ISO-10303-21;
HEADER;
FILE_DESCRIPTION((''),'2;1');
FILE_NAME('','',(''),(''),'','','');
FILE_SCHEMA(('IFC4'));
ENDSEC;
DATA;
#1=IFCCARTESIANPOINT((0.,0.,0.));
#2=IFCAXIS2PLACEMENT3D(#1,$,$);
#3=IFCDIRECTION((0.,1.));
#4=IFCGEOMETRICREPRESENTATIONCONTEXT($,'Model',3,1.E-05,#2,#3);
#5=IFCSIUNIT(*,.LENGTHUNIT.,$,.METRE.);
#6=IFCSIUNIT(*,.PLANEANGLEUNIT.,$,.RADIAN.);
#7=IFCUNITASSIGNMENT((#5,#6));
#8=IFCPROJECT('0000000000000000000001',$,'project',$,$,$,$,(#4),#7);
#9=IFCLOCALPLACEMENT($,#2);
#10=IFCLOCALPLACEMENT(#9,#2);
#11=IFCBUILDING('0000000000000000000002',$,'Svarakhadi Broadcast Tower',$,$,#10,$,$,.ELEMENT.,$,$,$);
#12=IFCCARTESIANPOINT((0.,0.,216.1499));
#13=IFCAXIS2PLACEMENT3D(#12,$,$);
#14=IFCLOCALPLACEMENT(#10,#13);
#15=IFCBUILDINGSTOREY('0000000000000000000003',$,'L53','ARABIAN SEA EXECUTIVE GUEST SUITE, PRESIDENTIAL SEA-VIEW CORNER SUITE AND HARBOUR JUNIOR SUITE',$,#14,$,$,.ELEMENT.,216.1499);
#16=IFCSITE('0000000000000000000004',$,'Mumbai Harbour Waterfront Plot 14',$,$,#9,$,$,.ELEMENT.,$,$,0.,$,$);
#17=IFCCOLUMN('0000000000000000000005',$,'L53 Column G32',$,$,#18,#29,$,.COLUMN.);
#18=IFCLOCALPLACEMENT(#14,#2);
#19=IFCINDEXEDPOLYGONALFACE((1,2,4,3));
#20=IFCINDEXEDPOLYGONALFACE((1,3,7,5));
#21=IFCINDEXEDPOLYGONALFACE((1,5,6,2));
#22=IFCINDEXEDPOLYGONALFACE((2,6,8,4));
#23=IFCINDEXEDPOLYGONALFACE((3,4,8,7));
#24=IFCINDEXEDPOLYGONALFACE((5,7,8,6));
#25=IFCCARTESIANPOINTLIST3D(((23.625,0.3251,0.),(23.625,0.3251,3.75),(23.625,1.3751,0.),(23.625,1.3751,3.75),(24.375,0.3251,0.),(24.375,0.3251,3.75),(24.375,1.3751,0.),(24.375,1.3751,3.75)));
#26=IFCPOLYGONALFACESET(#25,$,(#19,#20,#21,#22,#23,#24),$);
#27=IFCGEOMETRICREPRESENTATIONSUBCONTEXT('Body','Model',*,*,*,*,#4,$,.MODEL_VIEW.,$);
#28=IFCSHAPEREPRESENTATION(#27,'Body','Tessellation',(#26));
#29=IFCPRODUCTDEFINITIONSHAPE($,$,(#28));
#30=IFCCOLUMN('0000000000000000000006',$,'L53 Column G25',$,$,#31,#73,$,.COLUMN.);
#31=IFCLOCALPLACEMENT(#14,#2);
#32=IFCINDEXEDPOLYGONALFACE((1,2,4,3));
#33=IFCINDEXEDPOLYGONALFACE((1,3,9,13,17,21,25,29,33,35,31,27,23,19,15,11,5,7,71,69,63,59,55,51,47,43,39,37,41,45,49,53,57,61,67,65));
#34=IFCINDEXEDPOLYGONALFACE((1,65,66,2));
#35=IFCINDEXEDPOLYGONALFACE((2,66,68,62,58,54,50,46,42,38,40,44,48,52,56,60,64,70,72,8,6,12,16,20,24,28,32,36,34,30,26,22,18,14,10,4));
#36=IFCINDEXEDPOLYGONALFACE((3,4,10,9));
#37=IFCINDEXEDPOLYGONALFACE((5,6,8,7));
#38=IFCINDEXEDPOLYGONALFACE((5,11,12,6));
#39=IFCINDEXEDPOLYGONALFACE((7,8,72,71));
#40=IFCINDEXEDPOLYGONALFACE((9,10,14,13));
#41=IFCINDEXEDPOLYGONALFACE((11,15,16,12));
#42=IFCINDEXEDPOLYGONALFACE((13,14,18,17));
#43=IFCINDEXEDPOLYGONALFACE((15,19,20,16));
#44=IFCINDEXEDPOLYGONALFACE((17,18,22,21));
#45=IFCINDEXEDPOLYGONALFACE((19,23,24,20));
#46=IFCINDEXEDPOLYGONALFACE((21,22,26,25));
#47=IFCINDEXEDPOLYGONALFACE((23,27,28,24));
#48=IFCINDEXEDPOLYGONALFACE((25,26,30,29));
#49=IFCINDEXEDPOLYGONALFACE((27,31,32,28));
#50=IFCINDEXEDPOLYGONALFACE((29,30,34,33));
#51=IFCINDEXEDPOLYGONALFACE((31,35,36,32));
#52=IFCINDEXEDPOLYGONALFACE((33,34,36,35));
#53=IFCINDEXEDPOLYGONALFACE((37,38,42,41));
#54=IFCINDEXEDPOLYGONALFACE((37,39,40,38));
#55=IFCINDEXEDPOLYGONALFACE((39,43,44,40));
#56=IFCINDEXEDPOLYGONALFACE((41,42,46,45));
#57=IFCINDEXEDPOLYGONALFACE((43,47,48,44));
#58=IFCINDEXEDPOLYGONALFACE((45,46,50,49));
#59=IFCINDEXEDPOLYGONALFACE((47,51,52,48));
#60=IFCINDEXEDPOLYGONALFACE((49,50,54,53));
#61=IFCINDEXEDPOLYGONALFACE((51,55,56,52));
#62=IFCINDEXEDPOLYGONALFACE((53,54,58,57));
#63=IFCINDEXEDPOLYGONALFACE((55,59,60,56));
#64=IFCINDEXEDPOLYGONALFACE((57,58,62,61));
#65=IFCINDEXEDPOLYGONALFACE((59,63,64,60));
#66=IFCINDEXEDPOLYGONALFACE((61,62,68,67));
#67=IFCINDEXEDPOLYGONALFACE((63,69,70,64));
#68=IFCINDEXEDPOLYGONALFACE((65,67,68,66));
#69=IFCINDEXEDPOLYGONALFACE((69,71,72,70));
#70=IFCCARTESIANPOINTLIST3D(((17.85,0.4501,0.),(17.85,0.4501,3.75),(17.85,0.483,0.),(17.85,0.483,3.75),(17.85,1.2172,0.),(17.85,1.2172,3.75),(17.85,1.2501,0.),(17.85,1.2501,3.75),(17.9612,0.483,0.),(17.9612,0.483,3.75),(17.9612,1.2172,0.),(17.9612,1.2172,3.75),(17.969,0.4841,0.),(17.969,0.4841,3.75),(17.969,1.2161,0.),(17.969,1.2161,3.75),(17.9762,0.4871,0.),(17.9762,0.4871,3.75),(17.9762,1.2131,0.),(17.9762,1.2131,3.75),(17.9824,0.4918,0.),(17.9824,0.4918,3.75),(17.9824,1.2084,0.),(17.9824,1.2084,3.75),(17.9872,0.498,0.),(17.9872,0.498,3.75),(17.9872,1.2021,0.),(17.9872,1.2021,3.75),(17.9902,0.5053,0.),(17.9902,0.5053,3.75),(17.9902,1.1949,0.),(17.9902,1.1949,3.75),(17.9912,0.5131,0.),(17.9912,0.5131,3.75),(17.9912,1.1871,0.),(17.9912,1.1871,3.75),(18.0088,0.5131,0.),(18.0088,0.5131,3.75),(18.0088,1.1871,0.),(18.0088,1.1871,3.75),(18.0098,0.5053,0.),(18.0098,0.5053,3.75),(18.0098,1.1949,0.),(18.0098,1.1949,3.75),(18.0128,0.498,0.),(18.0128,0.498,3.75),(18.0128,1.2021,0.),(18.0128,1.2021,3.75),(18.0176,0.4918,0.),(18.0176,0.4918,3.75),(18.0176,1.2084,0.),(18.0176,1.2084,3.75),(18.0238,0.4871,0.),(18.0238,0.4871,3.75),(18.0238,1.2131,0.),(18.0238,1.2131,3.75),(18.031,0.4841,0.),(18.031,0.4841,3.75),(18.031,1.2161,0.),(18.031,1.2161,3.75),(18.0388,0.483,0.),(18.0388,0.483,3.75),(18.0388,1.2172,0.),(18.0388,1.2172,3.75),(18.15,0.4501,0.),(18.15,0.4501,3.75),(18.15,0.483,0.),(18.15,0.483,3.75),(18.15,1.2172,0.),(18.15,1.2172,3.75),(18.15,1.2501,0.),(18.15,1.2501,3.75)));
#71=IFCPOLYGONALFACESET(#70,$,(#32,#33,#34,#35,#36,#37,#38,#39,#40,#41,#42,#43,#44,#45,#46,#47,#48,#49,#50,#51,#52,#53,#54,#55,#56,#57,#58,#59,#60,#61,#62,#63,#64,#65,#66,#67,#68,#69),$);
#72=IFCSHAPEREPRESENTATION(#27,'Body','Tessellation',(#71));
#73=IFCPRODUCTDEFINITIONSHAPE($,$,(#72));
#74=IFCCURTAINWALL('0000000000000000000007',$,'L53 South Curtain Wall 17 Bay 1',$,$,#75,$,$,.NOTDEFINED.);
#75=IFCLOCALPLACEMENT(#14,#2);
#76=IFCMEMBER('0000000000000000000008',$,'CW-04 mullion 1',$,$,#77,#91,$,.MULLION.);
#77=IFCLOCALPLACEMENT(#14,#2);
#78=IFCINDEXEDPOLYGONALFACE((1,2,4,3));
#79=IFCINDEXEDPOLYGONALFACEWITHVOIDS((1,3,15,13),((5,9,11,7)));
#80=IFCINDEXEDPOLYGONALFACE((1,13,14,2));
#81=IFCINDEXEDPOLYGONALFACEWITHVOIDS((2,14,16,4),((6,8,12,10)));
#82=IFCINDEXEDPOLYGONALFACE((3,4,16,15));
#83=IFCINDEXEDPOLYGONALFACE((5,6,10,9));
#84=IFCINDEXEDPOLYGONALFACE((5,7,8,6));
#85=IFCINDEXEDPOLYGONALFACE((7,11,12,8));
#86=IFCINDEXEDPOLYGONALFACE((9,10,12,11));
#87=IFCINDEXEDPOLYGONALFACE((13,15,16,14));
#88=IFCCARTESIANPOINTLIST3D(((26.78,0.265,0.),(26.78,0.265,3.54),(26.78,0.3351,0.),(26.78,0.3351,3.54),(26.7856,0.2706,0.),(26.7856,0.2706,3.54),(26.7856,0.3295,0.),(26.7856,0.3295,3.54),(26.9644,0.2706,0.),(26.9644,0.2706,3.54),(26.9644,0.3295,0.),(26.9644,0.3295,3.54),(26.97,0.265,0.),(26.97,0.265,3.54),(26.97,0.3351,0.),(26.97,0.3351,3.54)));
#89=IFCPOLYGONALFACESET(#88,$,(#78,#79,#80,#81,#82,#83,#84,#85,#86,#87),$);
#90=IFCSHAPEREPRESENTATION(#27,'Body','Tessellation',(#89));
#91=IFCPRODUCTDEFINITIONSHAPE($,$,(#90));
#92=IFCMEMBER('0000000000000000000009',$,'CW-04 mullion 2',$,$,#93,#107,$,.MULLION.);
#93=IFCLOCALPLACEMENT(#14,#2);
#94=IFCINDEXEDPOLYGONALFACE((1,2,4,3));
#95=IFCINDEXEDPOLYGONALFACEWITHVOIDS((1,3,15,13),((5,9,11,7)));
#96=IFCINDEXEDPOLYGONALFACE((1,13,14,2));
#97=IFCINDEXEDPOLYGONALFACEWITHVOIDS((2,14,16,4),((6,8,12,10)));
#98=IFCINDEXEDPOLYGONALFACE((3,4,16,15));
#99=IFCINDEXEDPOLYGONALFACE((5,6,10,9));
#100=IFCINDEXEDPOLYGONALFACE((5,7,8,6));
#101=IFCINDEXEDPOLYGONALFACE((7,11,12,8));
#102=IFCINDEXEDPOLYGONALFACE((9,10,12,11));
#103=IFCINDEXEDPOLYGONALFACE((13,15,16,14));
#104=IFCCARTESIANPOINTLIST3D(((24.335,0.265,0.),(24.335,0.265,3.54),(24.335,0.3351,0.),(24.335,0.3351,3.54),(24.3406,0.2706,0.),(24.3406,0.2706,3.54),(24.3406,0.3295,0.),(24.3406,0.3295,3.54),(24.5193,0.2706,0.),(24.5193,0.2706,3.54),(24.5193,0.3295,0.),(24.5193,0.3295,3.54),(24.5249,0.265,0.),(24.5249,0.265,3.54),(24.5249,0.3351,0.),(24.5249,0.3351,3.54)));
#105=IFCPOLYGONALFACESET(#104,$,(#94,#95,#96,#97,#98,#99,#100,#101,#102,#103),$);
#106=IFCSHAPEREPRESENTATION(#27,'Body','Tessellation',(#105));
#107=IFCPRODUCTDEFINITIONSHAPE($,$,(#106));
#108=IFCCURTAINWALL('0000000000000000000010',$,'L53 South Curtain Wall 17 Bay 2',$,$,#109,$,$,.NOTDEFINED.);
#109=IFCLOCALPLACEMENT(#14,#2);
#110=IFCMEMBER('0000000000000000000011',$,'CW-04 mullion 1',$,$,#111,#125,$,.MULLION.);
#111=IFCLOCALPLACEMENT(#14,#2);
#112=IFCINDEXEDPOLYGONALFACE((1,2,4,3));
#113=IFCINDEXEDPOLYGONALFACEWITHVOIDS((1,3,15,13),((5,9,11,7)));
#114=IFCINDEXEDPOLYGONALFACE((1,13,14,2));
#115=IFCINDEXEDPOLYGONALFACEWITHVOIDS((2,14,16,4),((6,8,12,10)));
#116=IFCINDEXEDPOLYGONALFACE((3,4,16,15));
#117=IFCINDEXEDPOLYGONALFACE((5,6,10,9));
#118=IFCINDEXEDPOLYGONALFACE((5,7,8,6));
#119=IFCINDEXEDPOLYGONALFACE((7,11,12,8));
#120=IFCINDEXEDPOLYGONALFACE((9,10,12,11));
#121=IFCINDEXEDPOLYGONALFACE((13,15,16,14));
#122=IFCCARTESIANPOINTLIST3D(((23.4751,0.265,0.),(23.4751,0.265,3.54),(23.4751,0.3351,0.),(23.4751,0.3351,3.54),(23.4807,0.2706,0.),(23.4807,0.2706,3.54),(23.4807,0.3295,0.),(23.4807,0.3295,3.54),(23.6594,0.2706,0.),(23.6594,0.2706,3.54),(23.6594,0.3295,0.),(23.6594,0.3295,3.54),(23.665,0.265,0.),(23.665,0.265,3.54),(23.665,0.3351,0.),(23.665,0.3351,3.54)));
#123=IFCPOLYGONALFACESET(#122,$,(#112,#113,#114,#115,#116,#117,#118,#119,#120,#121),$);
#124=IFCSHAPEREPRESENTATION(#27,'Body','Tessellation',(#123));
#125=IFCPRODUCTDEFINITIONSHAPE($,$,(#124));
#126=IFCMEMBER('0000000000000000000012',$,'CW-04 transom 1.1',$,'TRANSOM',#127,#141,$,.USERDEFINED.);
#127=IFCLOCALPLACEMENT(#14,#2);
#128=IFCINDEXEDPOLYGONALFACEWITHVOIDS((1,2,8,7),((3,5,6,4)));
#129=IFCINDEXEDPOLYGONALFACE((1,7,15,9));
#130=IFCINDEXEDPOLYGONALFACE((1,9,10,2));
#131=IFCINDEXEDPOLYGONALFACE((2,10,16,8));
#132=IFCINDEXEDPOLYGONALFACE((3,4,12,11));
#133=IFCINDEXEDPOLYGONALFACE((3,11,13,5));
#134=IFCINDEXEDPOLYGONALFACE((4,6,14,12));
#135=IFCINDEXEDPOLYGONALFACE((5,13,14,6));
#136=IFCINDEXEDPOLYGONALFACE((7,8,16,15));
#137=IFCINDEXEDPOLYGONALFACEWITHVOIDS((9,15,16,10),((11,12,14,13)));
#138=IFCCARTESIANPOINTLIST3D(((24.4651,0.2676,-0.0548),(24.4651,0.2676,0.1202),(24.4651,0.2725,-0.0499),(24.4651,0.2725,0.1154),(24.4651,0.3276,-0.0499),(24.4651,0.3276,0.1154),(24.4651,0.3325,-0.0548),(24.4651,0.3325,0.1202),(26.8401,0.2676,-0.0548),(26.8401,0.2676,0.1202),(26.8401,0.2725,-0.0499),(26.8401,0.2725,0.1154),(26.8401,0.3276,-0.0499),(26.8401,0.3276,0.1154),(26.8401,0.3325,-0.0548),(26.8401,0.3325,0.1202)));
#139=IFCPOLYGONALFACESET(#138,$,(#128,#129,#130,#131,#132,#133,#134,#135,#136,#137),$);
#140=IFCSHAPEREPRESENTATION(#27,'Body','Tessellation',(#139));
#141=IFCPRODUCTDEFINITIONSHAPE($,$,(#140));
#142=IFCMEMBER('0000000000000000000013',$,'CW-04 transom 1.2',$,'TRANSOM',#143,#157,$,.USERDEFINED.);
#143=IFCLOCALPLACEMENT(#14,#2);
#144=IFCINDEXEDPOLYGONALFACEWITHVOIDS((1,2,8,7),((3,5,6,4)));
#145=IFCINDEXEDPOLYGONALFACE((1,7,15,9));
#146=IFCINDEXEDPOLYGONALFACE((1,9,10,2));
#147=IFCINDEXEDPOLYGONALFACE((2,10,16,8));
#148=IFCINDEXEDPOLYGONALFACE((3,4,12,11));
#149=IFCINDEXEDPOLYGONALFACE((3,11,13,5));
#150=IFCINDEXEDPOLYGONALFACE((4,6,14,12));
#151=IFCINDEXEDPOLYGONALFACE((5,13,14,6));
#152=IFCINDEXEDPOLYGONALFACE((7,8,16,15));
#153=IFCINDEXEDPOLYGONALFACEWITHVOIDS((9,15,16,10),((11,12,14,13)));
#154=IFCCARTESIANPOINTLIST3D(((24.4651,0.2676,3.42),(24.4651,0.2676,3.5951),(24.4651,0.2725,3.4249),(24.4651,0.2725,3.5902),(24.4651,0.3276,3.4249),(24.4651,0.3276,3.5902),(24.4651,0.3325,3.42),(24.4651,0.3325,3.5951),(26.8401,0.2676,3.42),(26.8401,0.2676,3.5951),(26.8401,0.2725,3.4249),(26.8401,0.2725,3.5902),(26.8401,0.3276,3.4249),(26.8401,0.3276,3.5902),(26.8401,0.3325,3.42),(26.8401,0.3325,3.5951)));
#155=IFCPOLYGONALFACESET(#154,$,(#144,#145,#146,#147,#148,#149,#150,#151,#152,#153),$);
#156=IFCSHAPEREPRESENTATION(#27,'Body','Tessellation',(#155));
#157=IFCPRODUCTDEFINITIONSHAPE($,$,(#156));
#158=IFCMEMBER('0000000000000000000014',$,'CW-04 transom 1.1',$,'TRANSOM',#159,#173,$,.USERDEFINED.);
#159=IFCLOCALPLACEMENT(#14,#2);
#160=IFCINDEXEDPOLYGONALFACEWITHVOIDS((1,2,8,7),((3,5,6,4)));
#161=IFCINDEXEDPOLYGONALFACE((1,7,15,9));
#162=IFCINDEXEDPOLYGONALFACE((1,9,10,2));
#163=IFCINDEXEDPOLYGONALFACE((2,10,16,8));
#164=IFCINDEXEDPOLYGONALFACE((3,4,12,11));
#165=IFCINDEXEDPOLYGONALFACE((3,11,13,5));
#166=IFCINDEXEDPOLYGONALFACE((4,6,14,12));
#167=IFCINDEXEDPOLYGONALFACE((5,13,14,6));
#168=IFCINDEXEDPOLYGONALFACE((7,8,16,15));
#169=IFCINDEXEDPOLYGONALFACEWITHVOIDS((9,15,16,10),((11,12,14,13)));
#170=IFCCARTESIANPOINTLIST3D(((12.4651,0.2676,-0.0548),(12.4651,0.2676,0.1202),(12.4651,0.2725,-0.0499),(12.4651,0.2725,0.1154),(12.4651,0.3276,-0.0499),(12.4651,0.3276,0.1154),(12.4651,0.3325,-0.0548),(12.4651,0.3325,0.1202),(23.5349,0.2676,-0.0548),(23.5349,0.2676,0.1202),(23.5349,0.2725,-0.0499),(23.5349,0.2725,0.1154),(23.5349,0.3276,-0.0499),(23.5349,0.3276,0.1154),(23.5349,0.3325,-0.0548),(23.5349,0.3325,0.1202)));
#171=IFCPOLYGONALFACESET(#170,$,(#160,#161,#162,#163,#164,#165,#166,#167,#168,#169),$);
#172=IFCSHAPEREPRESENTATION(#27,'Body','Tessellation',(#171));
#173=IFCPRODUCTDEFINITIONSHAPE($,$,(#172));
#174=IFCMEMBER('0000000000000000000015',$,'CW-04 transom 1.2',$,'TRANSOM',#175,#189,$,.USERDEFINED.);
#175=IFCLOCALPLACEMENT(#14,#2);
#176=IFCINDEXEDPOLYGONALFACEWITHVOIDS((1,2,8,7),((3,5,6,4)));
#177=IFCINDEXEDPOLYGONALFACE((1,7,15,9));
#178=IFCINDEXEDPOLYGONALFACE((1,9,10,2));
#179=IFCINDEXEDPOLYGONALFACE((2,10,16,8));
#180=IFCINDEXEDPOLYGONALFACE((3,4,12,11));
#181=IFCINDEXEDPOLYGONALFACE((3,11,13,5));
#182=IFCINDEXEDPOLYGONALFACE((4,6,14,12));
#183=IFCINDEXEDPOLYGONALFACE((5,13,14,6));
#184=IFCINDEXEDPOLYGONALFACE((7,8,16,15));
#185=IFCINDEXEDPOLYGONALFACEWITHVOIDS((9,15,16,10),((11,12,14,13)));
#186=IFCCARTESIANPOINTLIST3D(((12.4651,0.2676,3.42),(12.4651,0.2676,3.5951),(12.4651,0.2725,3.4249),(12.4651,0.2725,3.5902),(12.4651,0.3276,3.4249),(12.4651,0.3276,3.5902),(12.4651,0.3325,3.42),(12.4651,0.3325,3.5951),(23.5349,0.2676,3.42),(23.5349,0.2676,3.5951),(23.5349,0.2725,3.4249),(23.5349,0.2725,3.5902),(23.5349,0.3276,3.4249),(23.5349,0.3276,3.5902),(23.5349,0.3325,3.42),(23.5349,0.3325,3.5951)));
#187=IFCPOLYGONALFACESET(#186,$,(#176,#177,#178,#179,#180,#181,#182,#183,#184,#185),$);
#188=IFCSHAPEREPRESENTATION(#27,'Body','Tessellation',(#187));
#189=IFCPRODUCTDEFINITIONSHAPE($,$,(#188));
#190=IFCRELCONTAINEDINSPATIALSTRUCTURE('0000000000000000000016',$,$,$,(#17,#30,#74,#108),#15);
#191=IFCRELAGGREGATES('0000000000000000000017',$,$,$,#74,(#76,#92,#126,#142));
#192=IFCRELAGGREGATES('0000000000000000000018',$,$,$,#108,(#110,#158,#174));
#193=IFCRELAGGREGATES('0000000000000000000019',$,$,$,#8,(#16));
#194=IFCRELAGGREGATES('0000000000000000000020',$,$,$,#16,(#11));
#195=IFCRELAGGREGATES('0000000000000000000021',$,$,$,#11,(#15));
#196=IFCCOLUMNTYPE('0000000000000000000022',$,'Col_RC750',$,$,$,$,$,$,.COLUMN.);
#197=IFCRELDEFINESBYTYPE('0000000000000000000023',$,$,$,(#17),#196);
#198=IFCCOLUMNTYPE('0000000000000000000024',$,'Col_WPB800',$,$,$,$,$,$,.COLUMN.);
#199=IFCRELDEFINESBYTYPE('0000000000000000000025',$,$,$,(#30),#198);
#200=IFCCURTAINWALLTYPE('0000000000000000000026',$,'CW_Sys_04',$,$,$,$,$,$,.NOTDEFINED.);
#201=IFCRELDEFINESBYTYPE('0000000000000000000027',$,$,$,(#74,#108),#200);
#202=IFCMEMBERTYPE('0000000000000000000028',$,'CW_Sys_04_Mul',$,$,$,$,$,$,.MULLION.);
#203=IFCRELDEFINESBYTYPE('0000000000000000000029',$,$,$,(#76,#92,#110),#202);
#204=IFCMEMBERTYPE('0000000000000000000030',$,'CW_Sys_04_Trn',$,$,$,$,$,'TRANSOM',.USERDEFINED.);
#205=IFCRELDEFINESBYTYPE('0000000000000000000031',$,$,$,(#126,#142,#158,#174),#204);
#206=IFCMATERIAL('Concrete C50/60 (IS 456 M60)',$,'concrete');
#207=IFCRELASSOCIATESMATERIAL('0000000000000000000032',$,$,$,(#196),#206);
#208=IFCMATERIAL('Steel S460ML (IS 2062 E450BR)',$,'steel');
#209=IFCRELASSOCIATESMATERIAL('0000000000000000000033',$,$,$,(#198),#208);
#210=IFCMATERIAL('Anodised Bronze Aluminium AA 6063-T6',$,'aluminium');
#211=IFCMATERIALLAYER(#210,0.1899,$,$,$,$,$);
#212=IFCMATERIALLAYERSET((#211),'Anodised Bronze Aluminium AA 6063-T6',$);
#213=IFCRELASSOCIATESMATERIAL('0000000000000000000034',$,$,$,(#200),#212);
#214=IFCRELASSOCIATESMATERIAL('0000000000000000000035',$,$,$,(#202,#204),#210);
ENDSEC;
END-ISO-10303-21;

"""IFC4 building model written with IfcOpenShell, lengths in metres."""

from ifc_helpers import new_model, si_unit, direction, frame, origin, origin_2d, place, context, subcontext, project, spatial, rectangle, hollow_rectangle, i_section, extrude, material, layer, layer_set, material_profile, profile_set, type_object, element, aggregate, save


model = new_model("IFC4")

# Units and contexts
model_context = context("Model", 3, precision=1e-05, world=origin(), true_north=direction((0.0, 1.0)))
body_context = subcontext(model_context, "Body", "Model", "MODEL_VIEW")
ifc_project = project(units=[si_unit("LENGTHUNIT", "METRE"), si_unit("PLANEANGLEUNIT", "RADIAN")], contexts=[model_context])

# Site, building, storey
site_placement = place(None, origin())
site = spatial("IfcSite", under=ifc_project, at=site_placement, Name="Mumbai Harbour Waterfront Plot 14", CompositionType="ELEMENT", RefElevation=0.0)
building_placement = place(site_placement, origin())
building = spatial("IfcBuilding", under=site, at=building_placement, Name="Svarakhadi Broadcast Tower", CompositionType="ELEMENT")
storey_placement = place(building_placement, frame((0.0, 0.0, 216.1499)))
storey = spatial("IfcBuildingStorey", under=building, at=storey_placement, Name="L53", Description="ARABIAN SEA EXECUTIVE GUEST SUITE, PRESIDENTIAL SEA-VIEW CORNER SUITE AND HARBOUR JUNIOR SUITE", CompositionType="ELEMENT", Elevation=216.1499)

# Columns
ifc_material_1 = material(Name="Concrete C50/60 (IS 456 M60)", Category="concrete")
ifc_material_profile_1 = material_profile(ifc_material_1, rectangle(XDim=0.75, YDim=1.05, at=origin_2d()), Name="RC 750x1050")
ifc_profile_set_1 = profile_set([ifc_material_profile_1], Name="Concrete C50/60 (IS 456 M60)")
column_type_1 = type_object("IfcColumnType", Name="Col_RC750", PredefinedType="COLUMN", material=ifc_profile_set_1)
column_1_placement = place(storey_placement, frame((24.0, 0.8501, 0.0), z_axis=(0.0, 0.0, 1.0), x_axis=(1.0, 0.0, 0.0)))
element("IfcColumn", 1, at=column_1_placement, inside=storey, type_object=column_type_1, Name="L53 Column G32", PredefinedType="COLUMN", context=body_context, shape_type="SweptSolid", body=[
    extrude(rectangle(XDim=0.75, YDim=1.05, at=origin_2d()), origin(), (0.0, 0.0, 1.0), 3.75),
])
ifc_material_2 = material(Name="Steel S460ML (IS 2062 E450BR)", Category="steel")
ifc_material_profile_2 = material_profile(ifc_material_2, i_section(OverallWidth=0.3, OverallDepth=0.8, WebThickness=0.0176, FlangeThickness=0.033, FilletRadius=0.03, at=origin_2d()), Name="WPB 800x300x262")
ifc_profile_set_2 = profile_set([ifc_material_profile_2], Name="Steel S460ML (IS 2062 E450BR)")
column_type_2 = type_object("IfcColumnType", Name="Col_WPB800", PredefinedType="COLUMN", material=ifc_profile_set_2)
column_2_placement = place(storey_placement, frame((18.0, 0.8501, 0.0), z_axis=(0.0, 0.0, 1.0), x_axis=(1.0, 0.0, 0.0)))
element("IfcColumn", 2, at=column_2_placement, inside=storey, type_object=column_type_2, Name="L53 Column G25", PredefinedType="COLUMN", context=body_context, shape_type="SweptSolid", body=[
    extrude(i_section(OverallWidth=0.3, OverallDepth=0.8, WebThickness=0.0176, FlangeThickness=0.033, FilletRadius=0.03, at=origin_2d()), origin(), (0.0, 0.0, 1.0), 3.75),
])

# Curtain wall, members
ifc_material_3 = material(Name="Anodised Bronze Aluminium AA 6063-T6", Category="aluminium")
ifc_layer_1 = layer(ifc_material_3, 0.1899)
ifc_layer_set_1 = layer_set([ifc_layer_1], Name="Anodised Bronze Aluminium AA 6063-T6")
curtain_wall_type = type_object("IfcCurtainWallType", Name="CW_Sys_04", PredefinedType="NOTDEFINED", material=ifc_layer_set_1)
curtain_wall_1_placement = place(storey_placement, origin())
curtain_wall_1 = element("IfcCurtainWall", 3, at=curtain_wall_1_placement, inside=storey, type_object=curtain_wall_type, Name="L53 South Curtain Wall 17 Bay 1", PredefinedType="NOTDEFINED")
ifc_material_profile_3 = material_profile(ifc_material_3, hollow_rectangle(XDim=0.0701, YDim=0.1899, WallThickness=0.0056, at=origin_2d()), Name="ALU MULLION 190x70x6")
ifc_profile_set_3 = profile_set([ifc_material_profile_3], Name="Anodised Bronze Aluminium AA 6063-T6")
member_type_1 = type_object("IfcMemberType", Name="CW_Sys_04_Mul", PredefinedType="MULLION", material=ifc_profile_set_3)
member_1_placement = place(storey_placement, frame((26.875, 0.3, 0.0), z_axis=(0.0, 0.0, 1.0), x_axis=(0.0, -1.0, 0.0)))
member_1 = element("IfcMember", 4, at=member_1_placement, type_object=member_type_1, Name="CW-04 mullion 1", PredefinedType="MULLION", context=body_context, shape_type="SweptSolid", body=[
    extrude(hollow_rectangle(XDim=0.0701, YDim=0.1899, WallThickness=0.0056, at=origin_2d()), origin(), (0.0, 0.0, 1.0), 3.54),
])
member_2_placement = place(storey_placement, frame((24.4299, 0.3, 0.0), z_axis=(0.0, 0.0, 1.0), x_axis=(0.0, -1.0, 0.0)))
member_2 = element("IfcMember", 5, at=member_2_placement, type_object=member_type_1, Name="CW-04 mullion 2", PredefinedType="MULLION", context=body_context, shape_type="SweptSolid", body=[
    extrude(hollow_rectangle(XDim=0.0701, YDim=0.1899, WallThickness=0.0056, at=origin_2d()), origin(), (0.0, 0.0, 1.0), 3.54),
])

# Curtain wall, member
curtain_wall_2_placement = place(storey_placement, origin())
curtain_wall_2 = element("IfcCurtainWall", 6, at=curtain_wall_2_placement, inside=storey, type_object=curtain_wall_type, Name="L53 South Curtain Wall 17 Bay 2", PredefinedType="NOTDEFINED")
member_3_placement = place(storey_placement, frame((23.5701, 0.3, 0.0), z_axis=(0.0, 0.0, 1.0), x_axis=(0.0, -1.0, 0.0)))
member_3 = element("IfcMember", 7, at=member_3_placement, type_object=member_type_1, Name="CW-04 mullion 1", PredefinedType="MULLION", context=body_context, shape_type="SweptSolid", body=[
    extrude(hollow_rectangle(XDim=0.0701, YDim=0.1899, WallThickness=0.0056, at=origin_2d()), origin(), (0.0, 0.0, 1.0), 3.54),
])

# Members
ifc_material_profile_4 = material_profile(ifc_material_3, hollow_rectangle(XDim=0.0649, YDim=0.175, WallThickness=0.0049, at=origin_2d()), Name="ALU TRANSOM 175x65x5")
ifc_profile_set_4 = profile_set([ifc_material_profile_4], Name="Anodised Bronze Aluminium AA 6063-T6")
member_type_2 = type_object("IfcMemberType", Name="CW_Sys_04_Trn", ElementType="TRANSOM", PredefinedType="USERDEFINED", material=ifc_profile_set_4)
member_4_placement = place(storey_placement, frame((26.8401, 0.3, 0.0327), z_axis=(-1.0, 0.0, 0.0), x_axis=(0.0, -1.0, 0.0)))
member_4 = element("IfcMember", 8, at=member_4_placement, type_object=member_type_2, Name="CW-04 transom 1.1", ObjectType="TRANSOM", PredefinedType="USERDEFINED", context=body_context, shape_type="SweptSolid", body=[
    extrude(hollow_rectangle(XDim=0.0649, YDim=0.175, WallThickness=0.0049, at=origin_2d()), origin(), (0.0, 0.0, 1.0), 2.375),
])
member_5_placement = place(storey_placement, frame((26.8401, 0.3, 3.5076), z_axis=(-1.0, 0.0, 0.0), x_axis=(0.0, -1.0, 0.0)))
member_5 = element("IfcMember", 9, at=member_5_placement, type_object=member_type_2, Name="CW-04 transom 1.2", ObjectType="TRANSOM", PredefinedType="USERDEFINED", context=body_context, shape_type="SweptSolid", body=[
    extrude(hollow_rectangle(XDim=0.0649, YDim=0.175, WallThickness=0.0049, at=origin_2d()), origin(), (0.0, 0.0, 1.0), 2.375),
])
member_6_placement = place(storey_placement, frame((23.5349, 0.3, 0.0327), z_axis=(-1.0, 0.0, 0.0), x_axis=(0.0, -1.0, 0.0)))
member_6 = element("IfcMember", 10, at=member_6_placement, type_object=member_type_2, Name="CW-04 transom 1.1", ObjectType="TRANSOM", PredefinedType="USERDEFINED", context=body_context, shape_type="SweptSolid", body=[
    extrude(hollow_rectangle(XDim=0.0649, YDim=0.175, WallThickness=0.0049, at=origin_2d()), origin(), (0.0, 0.0, 1.0), 11.0698),
])
member_7_placement = place(storey_placement, frame((23.5349, 0.3, 3.5076), z_axis=(-1.0, 0.0, 0.0), x_axis=(0.0, -1.0, 0.0)))
member_7 = element("IfcMember", 11, at=member_7_placement, type_object=member_type_2, Name="CW-04 transom 1.2", ObjectType="TRANSOM", PredefinedType="USERDEFINED", context=body_context, shape_type="SweptSolid", body=[
    extrude(hollow_rectangle(XDim=0.0649, YDim=0.175, WallThickness=0.0049, at=origin_2d()), origin(), (0.0, 0.0, 1.0), 11.0698),
])

aggregate(curtain_wall_1, [member_1, member_2, member_4, member_5])
aggregate(curtain_wall_2, [member_3, member_6, member_7])

save(model, "model.ifc")
